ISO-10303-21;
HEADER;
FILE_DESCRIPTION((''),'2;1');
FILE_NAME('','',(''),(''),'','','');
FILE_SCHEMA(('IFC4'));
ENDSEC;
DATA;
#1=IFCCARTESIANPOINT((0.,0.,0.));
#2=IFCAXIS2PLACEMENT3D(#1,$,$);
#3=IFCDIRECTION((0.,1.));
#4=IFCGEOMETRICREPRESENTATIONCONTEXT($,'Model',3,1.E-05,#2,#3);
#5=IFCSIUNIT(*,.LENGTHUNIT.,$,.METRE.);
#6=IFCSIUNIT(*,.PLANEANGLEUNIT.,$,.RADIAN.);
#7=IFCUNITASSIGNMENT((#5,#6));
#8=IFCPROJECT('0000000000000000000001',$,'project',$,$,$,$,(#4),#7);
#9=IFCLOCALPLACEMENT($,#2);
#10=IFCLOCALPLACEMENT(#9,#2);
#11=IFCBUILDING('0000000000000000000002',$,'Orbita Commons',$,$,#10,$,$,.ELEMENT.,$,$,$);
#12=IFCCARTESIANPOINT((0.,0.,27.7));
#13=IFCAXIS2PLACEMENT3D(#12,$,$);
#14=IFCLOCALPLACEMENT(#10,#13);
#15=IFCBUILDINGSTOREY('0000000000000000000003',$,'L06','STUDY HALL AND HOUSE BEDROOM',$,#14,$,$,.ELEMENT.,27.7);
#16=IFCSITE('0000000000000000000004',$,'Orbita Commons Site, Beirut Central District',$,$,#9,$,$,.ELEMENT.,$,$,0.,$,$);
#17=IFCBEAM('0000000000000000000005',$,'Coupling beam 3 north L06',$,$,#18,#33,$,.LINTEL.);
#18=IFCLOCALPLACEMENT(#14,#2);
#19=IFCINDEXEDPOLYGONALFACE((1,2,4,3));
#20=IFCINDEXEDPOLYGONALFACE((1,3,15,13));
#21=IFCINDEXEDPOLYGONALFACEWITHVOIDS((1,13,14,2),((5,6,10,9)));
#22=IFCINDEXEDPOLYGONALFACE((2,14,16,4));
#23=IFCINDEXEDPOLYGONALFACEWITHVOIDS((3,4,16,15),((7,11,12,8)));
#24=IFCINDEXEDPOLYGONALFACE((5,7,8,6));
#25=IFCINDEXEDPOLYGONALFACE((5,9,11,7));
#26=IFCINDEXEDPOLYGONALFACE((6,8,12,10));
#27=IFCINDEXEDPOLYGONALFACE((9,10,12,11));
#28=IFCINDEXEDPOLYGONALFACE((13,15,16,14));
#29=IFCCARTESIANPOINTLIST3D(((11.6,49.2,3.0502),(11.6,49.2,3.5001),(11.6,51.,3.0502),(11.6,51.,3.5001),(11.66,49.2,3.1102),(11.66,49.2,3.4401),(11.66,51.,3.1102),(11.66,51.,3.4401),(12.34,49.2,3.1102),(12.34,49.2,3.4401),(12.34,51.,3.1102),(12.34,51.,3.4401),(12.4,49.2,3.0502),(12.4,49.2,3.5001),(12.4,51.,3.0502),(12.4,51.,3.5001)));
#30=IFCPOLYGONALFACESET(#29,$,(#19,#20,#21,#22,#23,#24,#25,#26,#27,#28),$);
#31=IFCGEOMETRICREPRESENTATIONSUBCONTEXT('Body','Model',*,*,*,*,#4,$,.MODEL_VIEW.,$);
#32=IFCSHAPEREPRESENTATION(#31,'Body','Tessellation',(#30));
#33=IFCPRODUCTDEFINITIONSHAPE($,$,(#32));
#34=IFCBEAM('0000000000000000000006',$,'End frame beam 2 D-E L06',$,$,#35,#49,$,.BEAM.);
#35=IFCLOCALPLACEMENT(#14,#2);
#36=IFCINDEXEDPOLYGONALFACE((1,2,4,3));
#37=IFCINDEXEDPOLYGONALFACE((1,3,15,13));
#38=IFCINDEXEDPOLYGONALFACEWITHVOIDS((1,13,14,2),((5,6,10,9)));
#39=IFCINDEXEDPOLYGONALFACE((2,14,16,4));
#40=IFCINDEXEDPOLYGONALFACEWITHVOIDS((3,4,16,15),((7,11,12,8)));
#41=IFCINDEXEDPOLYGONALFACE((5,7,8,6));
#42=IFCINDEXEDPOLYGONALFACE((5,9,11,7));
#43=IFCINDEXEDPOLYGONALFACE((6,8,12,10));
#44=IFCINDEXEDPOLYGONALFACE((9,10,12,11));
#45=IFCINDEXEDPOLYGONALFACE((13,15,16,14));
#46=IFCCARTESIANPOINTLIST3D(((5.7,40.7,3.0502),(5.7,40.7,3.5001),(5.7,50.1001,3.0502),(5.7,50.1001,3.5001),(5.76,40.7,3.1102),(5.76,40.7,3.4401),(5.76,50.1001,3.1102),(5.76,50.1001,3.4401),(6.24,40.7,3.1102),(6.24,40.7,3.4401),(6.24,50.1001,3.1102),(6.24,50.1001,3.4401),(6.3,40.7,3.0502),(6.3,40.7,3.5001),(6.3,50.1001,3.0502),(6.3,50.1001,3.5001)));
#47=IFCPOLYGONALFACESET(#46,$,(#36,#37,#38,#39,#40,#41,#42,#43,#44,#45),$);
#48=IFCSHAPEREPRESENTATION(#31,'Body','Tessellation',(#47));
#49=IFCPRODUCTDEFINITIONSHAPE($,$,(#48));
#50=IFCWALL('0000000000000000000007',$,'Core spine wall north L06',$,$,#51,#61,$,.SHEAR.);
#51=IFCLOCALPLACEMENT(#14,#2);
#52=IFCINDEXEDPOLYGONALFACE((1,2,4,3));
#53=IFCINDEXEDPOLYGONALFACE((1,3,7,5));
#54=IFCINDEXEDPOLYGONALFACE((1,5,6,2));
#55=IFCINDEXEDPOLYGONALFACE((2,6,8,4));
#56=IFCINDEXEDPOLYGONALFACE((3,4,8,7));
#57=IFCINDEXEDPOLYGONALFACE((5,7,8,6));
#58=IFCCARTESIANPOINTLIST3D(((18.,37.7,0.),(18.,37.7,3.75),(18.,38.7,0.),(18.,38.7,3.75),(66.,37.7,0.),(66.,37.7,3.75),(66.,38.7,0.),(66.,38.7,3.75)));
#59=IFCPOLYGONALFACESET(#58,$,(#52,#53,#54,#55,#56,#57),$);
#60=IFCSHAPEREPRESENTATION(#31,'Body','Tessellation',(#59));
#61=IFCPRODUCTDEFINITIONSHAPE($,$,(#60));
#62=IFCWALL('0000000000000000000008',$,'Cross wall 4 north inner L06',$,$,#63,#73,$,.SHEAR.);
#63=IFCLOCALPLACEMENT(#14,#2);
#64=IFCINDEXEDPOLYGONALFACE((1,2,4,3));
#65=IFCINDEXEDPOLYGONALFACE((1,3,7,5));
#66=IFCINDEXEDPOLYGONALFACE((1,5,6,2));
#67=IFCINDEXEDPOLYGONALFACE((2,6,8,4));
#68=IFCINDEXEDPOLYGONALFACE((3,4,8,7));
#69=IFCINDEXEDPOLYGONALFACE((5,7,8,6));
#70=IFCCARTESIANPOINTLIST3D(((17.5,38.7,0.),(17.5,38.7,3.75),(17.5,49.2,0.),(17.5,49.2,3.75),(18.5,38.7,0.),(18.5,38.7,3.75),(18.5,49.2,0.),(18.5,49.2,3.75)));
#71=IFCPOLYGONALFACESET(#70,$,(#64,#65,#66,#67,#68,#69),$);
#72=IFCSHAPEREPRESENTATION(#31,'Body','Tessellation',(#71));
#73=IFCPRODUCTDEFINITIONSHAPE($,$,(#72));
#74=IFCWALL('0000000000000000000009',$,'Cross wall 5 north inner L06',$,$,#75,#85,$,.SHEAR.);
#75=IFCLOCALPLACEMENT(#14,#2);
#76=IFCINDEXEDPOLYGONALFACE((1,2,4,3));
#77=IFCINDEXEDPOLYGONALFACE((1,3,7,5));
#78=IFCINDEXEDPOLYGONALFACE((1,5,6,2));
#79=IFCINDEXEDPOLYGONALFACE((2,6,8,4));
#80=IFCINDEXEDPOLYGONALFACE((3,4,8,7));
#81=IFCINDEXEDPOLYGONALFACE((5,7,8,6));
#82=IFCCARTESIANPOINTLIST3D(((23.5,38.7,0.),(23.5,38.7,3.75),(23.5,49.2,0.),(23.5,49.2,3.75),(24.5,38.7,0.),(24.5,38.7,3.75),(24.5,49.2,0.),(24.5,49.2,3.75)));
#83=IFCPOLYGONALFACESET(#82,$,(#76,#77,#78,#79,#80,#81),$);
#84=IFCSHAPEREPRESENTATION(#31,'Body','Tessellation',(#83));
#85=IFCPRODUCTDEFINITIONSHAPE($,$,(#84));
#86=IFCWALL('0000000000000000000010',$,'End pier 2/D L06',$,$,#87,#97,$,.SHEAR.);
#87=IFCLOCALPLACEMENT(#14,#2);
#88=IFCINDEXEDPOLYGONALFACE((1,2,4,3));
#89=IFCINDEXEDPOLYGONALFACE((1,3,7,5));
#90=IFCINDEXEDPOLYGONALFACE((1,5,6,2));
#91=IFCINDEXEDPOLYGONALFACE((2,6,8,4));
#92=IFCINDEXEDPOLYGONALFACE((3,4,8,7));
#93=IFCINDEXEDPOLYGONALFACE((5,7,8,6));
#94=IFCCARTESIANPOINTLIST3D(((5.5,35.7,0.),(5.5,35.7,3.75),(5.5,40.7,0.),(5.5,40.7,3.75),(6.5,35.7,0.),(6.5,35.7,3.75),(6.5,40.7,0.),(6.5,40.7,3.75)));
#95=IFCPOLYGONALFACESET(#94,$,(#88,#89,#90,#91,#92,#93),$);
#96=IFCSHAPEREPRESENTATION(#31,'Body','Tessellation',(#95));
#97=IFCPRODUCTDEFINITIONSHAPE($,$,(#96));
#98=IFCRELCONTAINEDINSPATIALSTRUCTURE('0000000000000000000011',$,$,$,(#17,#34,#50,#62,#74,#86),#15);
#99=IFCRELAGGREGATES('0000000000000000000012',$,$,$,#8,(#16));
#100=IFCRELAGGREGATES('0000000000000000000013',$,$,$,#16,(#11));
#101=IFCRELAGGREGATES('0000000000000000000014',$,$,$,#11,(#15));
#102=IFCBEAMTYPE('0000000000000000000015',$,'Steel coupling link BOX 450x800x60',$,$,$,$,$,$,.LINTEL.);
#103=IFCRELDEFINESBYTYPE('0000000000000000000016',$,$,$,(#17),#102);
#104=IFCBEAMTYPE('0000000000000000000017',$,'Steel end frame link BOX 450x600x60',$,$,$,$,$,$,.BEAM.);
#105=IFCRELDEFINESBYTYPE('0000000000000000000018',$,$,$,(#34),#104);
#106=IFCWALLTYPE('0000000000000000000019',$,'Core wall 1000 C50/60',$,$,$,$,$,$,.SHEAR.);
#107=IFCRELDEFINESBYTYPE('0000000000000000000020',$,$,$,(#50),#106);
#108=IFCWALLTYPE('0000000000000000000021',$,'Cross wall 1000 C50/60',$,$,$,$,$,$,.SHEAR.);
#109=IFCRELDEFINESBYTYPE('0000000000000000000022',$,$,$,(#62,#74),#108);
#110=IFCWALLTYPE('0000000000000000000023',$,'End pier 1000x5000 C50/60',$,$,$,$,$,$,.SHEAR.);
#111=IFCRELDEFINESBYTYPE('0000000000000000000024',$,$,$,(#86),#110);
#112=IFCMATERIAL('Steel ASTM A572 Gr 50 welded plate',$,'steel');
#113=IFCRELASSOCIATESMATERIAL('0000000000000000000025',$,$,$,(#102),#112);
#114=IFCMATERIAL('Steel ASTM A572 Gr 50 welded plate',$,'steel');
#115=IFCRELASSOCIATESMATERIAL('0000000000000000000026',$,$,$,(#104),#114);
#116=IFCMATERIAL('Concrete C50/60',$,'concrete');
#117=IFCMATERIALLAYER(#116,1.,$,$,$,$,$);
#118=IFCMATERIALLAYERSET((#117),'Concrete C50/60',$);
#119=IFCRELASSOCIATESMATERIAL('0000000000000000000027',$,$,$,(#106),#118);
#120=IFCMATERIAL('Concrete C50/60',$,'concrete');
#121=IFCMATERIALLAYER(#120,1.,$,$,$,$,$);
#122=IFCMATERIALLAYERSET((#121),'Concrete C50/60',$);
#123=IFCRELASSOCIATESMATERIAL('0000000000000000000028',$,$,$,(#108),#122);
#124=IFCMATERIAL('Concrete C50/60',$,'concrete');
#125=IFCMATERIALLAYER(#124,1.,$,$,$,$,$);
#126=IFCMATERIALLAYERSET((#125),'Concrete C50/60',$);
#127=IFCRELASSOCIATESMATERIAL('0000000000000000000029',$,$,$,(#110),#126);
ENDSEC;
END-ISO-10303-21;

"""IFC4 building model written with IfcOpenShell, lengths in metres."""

from ifc_helpers import new_model, si_unit, direction, frame, frame_2d, origin, origin_2d, place, context, subcontext, project, spatial, rectangle, hollow_rectangle, extrude, material, layer, layer_set, material_profile, profile_set, type_object, element, save


model = new_model("IFC4")

# Units and contexts
model_context = context("Model", 3, precision=1e-05, world=origin(), true_north=direction((0.0, 1.0)))
body_context = subcontext(model_context, "Body", "Model", "MODEL_VIEW")
ifc_project = project(units=[si_unit("LENGTHUNIT", "METRE"), si_unit("PLANEANGLEUNIT", "RADIAN")], contexts=[model_context])

# Site, building, storey
site_placement = place(None, origin())
site = spatial("IfcSite", under=ifc_project, at=site_placement, Name="Orbita Commons Site, Beirut Central District", CompositionType="ELEMENT", RefElevation=0.0)
building_placement = place(site_placement, origin())
building = spatial("IfcBuilding", under=site, at=building_placement, Name="Orbita Commons", CompositionType="ELEMENT")
storey_placement = place(building_placement, frame((0.0, 0.0, 27.7)))
storey = spatial("IfcBuildingStorey", under=building, at=storey_placement, Name="L06", Description="STUDY HALL AND HOUSE BEDROOM", CompositionType="ELEMENT", Elevation=27.7)

# Beams
ifc_material_1 = material(Name="Steel ASTM A572 Gr 50 welded plate", Category="steel")
ifc_material_profile_1 = material_profile(ifc_material_1, hollow_rectangle(XDim=0.8, YDim=0.45, WallThickness=0.0601, at=origin_2d()), Name="BOX 450x800x60")
ifc_profile_set_1 = profile_set([ifc_material_profile_1], Name="Steel ASTM A572 Gr 50 welded plate")
beam_type_1 = type_object("IfcBeamType", Name="Steel coupling link BOX 450x800x60", PredefinedType="LINTEL", material=ifc_profile_set_1)
beam_1_placement = place(storey_placement, frame((12.0, 49.2, 3.2751), z_axis=(0.0, 1.0, 0.0), x_axis=(-1.0, 0.0, 0.0)))
element("IfcBeam", 1, at=beam_1_placement, inside=storey, type_object=beam_type_1, Name="Coupling beam 3 north L06", PredefinedType="LINTEL", context=body_context, shape_type="SweptSolid", body=[
    extrude(hollow_rectangle(XDim=0.8, YDim=0.45, WallThickness=0.0601, at=origin_2d()), origin(), (0.0, 0.0, 1.0), 1.8),
])
ifc_material_2 = material(Name="Steel ASTM A572 Gr 50 welded plate", Category="steel")
ifc_material_profile_2 = material_profile(ifc_material_2, hollow_rectangle(XDim=0.6001, YDim=0.45, WallThickness=0.0601, at=origin_2d()), Name="BOX 450x600x60")
ifc_profile_set_2 = profile_set([ifc_material_profile_2], Name="Steel ASTM A572 Gr 50 welded plate")
beam_type_2 = type_object("IfcBeamType", Name="Steel end frame link BOX 450x600x60", PredefinedType="BEAM", material=ifc_profile_set_2)
beam_2_placement = place(storey_placement, frame((6.0, 40.7, 3.2751), z_axis=(0.0, 1.0, 0.0), x_axis=(-1.0, 0.0, 0.0)))
element("IfcBeam", 2, at=beam_2_placement, inside=storey, type_object=beam_type_2, Name="End frame beam 2 D-E L06", PredefinedType="BEAM", context=body_context, shape_type="SweptSolid", body=[
    extrude(hollow_rectangle(XDim=0.6001, YDim=0.45, WallThickness=0.0601, at=origin_2d()), origin(), (0.0, 0.0, 1.0), 9.4001),
])

# Walls
ifc_material_3 = material(Name="Concrete C50/60", Category="concrete")
ifc_layer_1 = layer(ifc_material_3, 1.0)
ifc_layer_set_1 = layer_set([ifc_layer_1], Name="Concrete C50/60")
wall_type_1 = type_object("IfcWallType", Name="Core wall 1000 C50/60", PredefinedType="SHEAR", material=ifc_layer_set_1)
wall_1_placement = place(storey_placement, frame((18.0, 38.2, 0.0), z_axis=(0.0, 0.0, 1.0), x_axis=(1.0, 0.0, 0.0)))
element("IfcWall", 3, at=wall_1_placement, inside=storey, type_object=wall_type_1, Name="Core spine wall north L06", PredefinedType="SHEAR", context=body_context, shape_type="SweptSolid", body=[
    extrude(rectangle(XDim=48.0, YDim=1.0, at=frame_2d((24.0, 0.0))), origin(), (0.0, 0.0, 1.0), 3.75),
])
ifc_material_4 = material(Name="Concrete C50/60", Category="concrete")
ifc_layer_2 = layer(ifc_material_4, 1.0)
ifc_layer_set_2 = layer_set([ifc_layer_2], Name="Concrete C50/60")
wall_type_2 = type_object("IfcWallType", Name="Cross wall 1000 C50/60", PredefinedType="SHEAR", material=ifc_layer_set_2)
for number, where, z_axis, x_axis, name in (
    (4, (18.0, 38.7, 0.0), (0.0, 0.0, 1.0), (0.0, 1.0, 0.0), "Cross wall 4 north inner L06"),
    (5, (24.0, 38.7, 0.0), (0.0, 0.0, 1.0), (0.0, 1.0, 0.0), "Cross wall 5 north inner L06"),
):
    element("IfcWall", number, at=place(storey_placement, frame(where, z_axis=z_axis, x_axis=x_axis)), inside=storey, type_object=wall_type_2, Name=name, PredefinedType="SHEAR", context=body_context, shape_type="SweptSolid", body=[
        extrude(rectangle(XDim=10.5, YDim=1.0, at=frame_2d((5.25, 0.0))), origin(), (0.0, 0.0, 1.0), 3.75),
    ])
ifc_material_5 = material(Name="Concrete C50/60", Category="concrete")
ifc_layer_3 = layer(ifc_material_5, 1.0)
ifc_layer_set_3 = layer_set([ifc_layer_3], Name="Concrete C50/60")
wall_type_3 = type_object("IfcWallType", Name="End pier 1000x5000 C50/60", PredefinedType="SHEAR", material=ifc_layer_set_3)
wall_2_placement = place(storey_placement, frame((6.0, 35.7, 0.0), z_axis=(0.0, 0.0, 1.0), x_axis=(0.0, 1.0, 0.0)))
element("IfcWall", 6, at=wall_2_placement, inside=storey, type_object=wall_type_3, Name="End pier 2/D L06", PredefinedType="SHEAR", context=body_context, shape_type="SweptSolid", body=[
    extrude(rectangle(XDim=5.0, YDim=1.0, at=frame_2d((2.5, 0.0))), origin(), (0.0, 0.0, 1.0), 3.75),
])

save(model, "model.ifc")
